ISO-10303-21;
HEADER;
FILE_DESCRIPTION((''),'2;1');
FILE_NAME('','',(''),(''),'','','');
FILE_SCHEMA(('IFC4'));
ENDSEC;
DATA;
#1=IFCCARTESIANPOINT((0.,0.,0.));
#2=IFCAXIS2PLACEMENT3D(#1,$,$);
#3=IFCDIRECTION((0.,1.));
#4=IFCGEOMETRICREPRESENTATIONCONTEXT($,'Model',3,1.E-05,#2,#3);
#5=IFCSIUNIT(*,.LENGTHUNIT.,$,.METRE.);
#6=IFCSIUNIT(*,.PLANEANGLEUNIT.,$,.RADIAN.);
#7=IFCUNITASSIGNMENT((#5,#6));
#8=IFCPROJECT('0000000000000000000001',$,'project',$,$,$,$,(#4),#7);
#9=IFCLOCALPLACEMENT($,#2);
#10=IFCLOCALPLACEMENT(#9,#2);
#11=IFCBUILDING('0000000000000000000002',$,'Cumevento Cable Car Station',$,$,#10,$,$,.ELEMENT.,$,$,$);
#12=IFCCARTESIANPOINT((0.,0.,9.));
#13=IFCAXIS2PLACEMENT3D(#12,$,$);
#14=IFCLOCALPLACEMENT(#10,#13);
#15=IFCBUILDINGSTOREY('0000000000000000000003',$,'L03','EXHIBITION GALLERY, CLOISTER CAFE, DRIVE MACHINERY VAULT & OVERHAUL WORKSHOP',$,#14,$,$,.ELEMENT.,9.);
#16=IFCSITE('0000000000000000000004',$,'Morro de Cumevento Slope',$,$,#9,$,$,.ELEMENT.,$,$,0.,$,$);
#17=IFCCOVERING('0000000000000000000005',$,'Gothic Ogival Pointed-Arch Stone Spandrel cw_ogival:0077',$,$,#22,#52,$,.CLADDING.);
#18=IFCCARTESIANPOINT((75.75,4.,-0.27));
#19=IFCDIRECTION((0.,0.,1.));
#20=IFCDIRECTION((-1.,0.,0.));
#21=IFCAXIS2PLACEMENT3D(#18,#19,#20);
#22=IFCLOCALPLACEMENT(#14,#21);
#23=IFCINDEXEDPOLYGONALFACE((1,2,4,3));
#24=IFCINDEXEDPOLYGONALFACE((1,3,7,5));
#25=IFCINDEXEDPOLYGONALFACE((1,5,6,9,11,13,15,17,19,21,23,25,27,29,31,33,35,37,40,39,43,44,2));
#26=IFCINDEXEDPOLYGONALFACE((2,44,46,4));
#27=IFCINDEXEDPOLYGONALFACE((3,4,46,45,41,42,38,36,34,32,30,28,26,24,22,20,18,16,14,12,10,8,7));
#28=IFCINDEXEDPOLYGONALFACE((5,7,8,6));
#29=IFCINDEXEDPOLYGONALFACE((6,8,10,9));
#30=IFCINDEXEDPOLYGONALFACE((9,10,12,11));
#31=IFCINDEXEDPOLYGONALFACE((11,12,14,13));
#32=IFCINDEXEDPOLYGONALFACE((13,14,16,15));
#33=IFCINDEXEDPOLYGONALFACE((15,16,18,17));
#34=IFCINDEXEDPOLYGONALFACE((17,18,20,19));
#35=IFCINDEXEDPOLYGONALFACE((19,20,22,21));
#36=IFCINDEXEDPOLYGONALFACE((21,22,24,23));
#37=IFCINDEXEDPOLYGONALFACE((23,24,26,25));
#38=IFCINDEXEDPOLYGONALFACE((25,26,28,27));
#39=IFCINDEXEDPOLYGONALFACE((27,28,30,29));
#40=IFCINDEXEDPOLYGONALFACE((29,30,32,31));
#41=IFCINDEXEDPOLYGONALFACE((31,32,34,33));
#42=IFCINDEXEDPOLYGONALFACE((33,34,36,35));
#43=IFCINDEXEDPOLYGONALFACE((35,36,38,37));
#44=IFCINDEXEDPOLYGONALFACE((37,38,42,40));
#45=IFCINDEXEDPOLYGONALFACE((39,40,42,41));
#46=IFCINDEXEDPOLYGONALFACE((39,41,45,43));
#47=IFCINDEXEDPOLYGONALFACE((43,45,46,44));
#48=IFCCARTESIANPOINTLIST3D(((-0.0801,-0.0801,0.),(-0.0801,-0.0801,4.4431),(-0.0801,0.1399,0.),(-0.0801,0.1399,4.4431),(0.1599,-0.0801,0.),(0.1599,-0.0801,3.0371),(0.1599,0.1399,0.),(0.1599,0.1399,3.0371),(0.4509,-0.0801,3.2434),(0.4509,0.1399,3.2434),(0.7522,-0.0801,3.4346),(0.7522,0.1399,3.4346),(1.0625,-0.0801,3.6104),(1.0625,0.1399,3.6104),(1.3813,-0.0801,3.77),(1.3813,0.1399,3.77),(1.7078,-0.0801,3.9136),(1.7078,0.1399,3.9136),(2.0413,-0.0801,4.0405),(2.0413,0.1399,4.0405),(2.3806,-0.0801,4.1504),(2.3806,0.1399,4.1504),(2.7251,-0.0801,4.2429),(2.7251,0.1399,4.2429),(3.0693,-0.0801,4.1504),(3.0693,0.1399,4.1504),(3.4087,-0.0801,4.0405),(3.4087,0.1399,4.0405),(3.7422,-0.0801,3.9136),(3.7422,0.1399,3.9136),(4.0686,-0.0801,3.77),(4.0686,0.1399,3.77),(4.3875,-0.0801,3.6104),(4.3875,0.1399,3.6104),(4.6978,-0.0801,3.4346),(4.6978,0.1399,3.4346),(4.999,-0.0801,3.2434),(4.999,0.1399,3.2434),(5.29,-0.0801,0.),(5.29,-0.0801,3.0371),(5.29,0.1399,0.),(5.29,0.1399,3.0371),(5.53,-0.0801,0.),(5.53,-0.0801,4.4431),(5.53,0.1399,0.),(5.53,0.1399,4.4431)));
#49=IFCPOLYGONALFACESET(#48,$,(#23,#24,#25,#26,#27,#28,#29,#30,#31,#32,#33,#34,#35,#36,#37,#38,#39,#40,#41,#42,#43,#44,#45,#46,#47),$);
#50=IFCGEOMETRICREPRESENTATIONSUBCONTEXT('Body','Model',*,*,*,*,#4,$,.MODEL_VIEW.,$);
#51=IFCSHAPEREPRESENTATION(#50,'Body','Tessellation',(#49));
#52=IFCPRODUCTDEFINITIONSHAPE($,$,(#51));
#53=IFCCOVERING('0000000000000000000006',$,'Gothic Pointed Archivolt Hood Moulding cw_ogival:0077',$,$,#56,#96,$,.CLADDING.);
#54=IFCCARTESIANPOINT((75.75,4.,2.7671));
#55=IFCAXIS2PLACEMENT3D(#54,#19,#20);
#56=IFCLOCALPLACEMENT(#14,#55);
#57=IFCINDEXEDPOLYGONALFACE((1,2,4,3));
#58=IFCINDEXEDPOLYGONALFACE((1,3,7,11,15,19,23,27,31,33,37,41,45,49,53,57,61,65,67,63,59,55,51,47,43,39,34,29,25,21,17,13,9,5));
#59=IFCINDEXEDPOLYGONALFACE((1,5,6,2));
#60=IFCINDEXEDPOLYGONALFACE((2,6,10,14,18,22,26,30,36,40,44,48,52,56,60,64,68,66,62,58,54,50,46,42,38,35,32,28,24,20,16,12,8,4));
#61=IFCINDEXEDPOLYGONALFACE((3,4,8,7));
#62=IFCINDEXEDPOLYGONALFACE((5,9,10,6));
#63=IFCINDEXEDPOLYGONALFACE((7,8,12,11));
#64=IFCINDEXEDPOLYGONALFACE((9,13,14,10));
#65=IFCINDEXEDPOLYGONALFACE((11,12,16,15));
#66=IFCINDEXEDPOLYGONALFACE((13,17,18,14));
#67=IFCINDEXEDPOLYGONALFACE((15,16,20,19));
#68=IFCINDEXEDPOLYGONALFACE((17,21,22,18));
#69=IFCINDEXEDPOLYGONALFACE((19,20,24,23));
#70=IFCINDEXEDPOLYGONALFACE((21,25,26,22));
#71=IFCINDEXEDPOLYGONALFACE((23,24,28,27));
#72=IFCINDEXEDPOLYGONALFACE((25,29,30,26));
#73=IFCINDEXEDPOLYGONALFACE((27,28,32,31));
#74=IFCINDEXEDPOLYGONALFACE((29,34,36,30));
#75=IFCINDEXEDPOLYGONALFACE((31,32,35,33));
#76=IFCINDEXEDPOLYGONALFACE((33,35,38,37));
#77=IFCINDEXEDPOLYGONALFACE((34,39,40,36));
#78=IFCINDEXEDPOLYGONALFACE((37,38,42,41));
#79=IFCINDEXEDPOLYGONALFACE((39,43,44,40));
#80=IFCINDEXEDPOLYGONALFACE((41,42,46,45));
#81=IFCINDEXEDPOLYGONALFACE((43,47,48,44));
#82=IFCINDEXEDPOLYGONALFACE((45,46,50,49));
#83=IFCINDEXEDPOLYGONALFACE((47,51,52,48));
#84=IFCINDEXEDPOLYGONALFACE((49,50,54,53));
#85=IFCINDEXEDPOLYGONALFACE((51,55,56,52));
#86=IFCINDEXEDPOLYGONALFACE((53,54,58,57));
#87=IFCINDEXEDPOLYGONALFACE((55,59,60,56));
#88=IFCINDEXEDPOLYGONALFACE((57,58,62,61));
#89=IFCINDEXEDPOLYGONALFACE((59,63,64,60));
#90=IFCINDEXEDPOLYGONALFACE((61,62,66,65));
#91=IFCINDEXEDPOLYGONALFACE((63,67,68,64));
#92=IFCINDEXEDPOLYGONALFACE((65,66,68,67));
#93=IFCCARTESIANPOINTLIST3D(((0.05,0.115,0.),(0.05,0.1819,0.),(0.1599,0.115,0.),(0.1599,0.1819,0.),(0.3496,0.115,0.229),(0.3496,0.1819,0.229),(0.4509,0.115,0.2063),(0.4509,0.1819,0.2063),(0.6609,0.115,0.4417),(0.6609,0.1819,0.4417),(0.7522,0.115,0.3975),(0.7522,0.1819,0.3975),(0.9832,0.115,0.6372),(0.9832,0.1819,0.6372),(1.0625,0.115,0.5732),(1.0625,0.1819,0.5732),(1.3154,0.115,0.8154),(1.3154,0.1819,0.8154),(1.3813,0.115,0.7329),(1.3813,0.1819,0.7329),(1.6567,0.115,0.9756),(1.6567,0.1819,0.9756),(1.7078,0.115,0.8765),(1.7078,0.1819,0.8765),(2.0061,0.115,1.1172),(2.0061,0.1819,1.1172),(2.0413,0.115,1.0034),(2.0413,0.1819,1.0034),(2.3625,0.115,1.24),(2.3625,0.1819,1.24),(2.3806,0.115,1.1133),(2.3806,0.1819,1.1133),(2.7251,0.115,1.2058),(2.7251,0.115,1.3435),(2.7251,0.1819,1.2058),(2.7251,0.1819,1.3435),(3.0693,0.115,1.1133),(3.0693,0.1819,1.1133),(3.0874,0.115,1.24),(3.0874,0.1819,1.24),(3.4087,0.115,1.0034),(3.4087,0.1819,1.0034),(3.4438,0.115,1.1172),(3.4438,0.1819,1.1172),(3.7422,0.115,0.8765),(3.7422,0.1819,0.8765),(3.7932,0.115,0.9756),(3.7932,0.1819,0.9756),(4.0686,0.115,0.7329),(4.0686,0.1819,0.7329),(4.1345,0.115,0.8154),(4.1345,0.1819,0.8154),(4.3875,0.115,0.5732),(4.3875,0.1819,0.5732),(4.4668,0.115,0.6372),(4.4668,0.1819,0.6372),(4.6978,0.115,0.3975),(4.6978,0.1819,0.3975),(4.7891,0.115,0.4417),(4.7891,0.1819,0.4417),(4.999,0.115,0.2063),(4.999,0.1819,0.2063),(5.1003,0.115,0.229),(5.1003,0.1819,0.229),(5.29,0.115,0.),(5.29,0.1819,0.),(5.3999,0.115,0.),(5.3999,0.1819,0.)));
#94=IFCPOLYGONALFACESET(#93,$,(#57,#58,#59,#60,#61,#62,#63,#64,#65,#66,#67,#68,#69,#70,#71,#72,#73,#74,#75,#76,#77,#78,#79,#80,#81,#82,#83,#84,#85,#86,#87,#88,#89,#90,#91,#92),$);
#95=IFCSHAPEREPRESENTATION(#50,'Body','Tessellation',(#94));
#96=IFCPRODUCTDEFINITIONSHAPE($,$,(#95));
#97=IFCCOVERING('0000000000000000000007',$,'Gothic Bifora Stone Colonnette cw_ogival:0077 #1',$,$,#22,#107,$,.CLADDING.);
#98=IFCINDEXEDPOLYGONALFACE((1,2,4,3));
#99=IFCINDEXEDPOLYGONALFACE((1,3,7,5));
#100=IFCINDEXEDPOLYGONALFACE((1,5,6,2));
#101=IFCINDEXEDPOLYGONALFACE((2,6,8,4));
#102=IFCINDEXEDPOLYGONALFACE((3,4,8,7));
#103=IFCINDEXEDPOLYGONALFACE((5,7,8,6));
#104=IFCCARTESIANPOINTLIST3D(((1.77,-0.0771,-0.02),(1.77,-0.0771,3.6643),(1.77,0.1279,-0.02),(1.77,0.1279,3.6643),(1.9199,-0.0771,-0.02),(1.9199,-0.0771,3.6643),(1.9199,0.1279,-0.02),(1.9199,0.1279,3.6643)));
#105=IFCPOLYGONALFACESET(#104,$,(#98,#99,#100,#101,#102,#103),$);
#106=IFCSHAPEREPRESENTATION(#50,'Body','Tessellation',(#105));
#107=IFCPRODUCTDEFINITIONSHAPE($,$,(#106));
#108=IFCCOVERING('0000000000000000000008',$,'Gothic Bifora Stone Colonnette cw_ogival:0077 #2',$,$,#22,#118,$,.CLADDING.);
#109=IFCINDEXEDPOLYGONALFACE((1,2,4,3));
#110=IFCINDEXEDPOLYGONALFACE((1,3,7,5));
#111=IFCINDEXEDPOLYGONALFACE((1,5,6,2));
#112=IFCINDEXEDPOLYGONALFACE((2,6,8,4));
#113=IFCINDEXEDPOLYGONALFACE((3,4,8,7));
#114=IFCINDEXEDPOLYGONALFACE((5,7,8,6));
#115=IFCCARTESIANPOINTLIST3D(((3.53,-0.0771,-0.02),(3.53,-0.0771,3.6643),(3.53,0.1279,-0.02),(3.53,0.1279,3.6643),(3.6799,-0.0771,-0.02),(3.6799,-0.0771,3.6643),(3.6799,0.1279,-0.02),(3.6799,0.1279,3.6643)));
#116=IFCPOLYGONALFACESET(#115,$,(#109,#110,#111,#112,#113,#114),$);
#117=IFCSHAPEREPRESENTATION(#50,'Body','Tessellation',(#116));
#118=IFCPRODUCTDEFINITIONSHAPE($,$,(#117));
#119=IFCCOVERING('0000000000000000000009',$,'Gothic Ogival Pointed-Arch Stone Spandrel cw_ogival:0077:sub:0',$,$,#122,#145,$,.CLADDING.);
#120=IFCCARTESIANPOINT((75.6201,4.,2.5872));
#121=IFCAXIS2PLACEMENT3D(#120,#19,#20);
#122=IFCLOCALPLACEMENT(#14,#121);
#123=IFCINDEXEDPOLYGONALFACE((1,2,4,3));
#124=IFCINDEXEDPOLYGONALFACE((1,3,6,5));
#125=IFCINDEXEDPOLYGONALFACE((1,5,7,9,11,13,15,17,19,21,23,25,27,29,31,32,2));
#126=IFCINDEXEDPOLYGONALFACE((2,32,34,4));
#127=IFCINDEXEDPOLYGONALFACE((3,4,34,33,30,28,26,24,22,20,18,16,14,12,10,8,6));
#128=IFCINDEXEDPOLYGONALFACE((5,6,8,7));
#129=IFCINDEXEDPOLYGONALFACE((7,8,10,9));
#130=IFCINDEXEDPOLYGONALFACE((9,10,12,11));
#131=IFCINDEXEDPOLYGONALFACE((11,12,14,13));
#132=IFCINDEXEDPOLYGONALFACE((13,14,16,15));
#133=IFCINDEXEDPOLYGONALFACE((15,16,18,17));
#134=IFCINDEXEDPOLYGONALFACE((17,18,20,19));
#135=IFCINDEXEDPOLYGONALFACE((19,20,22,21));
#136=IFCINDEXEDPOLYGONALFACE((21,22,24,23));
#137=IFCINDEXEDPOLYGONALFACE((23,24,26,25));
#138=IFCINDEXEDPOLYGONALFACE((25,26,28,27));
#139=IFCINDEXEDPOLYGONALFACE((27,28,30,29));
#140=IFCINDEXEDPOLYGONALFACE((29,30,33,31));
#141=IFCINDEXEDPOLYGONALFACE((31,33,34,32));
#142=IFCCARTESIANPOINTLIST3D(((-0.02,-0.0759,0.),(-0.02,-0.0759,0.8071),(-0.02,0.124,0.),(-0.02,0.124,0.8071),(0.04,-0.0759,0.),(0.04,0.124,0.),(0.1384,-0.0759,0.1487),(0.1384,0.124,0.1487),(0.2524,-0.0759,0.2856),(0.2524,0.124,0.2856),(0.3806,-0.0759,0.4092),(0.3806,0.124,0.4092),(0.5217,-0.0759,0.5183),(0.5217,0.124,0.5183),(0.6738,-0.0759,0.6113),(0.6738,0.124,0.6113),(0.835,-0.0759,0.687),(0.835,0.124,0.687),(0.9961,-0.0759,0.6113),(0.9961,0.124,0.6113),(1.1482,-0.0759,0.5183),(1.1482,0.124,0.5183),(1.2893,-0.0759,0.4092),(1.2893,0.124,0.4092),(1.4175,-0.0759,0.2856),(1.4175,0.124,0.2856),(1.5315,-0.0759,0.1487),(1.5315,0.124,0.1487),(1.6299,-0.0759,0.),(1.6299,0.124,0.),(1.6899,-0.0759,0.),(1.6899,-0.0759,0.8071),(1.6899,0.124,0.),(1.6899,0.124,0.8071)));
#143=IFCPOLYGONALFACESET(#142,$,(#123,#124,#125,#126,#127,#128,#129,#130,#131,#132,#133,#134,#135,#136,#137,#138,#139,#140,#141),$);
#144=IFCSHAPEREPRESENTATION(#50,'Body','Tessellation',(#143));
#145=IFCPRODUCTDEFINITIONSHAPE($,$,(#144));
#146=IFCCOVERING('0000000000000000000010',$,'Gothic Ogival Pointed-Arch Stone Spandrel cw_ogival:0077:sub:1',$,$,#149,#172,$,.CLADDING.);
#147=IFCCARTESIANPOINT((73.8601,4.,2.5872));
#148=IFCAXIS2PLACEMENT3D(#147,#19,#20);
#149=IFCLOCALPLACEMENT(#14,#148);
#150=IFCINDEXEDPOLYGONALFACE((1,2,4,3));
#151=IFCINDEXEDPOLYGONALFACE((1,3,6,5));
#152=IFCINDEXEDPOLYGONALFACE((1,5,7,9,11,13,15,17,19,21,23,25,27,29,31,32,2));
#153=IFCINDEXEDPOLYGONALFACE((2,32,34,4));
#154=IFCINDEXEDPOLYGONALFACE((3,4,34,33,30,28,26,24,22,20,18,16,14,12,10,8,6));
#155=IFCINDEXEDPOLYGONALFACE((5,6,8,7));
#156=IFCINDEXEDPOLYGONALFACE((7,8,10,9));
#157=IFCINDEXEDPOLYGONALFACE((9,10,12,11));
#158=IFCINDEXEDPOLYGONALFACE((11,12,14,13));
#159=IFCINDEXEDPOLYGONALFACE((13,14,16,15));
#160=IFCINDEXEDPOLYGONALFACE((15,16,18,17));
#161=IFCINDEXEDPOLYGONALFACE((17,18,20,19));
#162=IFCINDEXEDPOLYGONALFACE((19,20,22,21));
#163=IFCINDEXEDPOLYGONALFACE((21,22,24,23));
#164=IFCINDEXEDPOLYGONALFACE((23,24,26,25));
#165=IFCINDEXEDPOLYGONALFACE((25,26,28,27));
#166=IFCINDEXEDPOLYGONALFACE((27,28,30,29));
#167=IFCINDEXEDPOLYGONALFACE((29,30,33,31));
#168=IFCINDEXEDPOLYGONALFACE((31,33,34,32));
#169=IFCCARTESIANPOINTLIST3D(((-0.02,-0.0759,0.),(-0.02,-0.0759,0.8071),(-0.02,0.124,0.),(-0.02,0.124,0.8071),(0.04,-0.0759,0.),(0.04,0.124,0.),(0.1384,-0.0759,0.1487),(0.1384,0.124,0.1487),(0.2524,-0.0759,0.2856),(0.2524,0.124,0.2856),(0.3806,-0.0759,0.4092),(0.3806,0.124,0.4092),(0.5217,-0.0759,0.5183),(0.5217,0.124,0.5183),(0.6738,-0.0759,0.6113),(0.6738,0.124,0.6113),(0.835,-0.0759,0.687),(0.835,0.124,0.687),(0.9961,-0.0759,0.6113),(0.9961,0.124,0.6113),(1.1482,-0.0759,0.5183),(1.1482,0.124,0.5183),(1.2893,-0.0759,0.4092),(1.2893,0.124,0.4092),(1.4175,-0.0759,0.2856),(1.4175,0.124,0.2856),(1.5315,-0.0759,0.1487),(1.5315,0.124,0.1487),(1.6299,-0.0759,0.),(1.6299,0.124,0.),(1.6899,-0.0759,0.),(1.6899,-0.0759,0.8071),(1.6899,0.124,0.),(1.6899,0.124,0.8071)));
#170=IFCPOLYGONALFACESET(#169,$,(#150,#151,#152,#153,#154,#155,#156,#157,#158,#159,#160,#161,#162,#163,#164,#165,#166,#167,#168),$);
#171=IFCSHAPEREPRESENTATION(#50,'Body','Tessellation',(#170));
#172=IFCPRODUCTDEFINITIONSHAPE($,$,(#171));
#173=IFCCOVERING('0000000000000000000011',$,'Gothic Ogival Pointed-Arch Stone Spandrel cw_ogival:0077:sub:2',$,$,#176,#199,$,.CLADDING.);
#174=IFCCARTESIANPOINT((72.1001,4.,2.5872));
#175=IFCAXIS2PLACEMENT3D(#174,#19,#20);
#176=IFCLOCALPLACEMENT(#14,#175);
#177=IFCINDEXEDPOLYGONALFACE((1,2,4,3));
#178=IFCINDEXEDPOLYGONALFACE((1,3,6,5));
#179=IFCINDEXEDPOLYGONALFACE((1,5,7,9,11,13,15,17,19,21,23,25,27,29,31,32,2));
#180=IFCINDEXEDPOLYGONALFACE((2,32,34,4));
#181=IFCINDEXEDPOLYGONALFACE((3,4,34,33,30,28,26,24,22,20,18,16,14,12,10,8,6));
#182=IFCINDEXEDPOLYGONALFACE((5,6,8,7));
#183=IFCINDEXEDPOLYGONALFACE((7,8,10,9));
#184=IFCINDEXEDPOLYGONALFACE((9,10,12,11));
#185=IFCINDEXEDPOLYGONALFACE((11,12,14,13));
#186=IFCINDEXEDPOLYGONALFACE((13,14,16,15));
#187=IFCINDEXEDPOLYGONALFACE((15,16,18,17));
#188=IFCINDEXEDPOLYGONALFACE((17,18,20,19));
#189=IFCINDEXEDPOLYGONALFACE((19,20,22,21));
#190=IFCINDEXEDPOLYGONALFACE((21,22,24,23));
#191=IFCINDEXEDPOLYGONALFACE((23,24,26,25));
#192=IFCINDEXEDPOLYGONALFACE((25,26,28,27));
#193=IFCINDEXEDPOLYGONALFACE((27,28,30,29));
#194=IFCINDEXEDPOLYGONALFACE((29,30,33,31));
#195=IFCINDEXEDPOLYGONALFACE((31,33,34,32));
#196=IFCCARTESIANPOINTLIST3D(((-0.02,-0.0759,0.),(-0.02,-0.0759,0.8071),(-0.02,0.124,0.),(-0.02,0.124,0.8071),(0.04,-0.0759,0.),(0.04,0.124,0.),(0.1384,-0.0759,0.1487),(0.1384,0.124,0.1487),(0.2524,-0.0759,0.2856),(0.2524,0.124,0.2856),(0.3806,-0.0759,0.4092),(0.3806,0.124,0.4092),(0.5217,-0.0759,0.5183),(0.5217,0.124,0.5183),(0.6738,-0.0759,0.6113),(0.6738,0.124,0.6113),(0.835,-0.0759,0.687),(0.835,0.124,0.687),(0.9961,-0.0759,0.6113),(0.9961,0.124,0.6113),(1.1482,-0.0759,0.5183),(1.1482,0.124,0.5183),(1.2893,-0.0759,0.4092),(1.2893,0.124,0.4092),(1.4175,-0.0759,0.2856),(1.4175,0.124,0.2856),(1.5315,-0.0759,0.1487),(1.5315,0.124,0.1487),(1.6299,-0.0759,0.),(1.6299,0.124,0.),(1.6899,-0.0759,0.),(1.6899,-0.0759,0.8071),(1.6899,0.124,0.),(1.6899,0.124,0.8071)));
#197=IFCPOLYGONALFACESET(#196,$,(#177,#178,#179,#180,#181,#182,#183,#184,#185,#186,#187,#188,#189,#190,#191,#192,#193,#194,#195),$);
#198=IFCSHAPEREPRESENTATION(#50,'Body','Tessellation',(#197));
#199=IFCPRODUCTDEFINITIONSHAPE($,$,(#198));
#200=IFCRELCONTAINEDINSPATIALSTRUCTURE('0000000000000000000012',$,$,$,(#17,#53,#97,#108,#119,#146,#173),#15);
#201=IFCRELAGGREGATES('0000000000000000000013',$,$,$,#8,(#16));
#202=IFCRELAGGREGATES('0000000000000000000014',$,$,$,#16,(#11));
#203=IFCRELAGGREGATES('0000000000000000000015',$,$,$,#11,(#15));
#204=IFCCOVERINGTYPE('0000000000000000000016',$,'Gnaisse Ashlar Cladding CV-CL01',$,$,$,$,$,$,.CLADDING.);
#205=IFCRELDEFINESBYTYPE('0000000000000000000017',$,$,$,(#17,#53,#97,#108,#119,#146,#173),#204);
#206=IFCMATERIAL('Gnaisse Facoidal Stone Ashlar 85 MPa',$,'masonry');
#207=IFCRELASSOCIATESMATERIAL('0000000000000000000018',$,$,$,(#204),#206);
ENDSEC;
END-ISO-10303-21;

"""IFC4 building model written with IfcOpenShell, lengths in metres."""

from ifc_helpers import new_model, si_unit, direction, frame, origin, place, context, subcontext, project, spatial, polyline, outline, extrude, material, type_object, element, save


model = new_model("IFC4")

# Units and contexts
model_context = context("Model", 3, precision=1e-05, world=origin(), true_north=direction((0.0, 1.0)))
body_context = subcontext(model_context, "Body", "Model", "MODEL_VIEW")
ifc_project = project(units=[si_unit("LENGTHUNIT", "METRE"), si_unit("PLANEANGLEUNIT", "RADIAN")], contexts=[model_context])

# Site, building, storey
site_placement = place(None, origin())
site = spatial("IfcSite", under=ifc_project, at=site_placement, Name="Morro de Cumevento Slope", CompositionType="ELEMENT", RefElevation=0.0)
building_placement = place(site_placement, origin())
building = spatial("IfcBuilding", under=site, at=building_placement, Name="Cumevento Cable Car Station", CompositionType="ELEMENT")
storey_placement = place(building_placement, frame((0.0, 0.0, 9.0)))
storey = spatial("IfcBuildingStorey", under=building, at=storey_placement, Name="L03", Description="EXHIBITION GALLERY, CLOISTER CAFE, DRIVE MACHINERY VAULT & OVERHAUL WORKSHOP", CompositionType="ELEMENT", Elevation=9.0)

# Coverings
ifc_material_1 = material(Name="Gnaisse Facoidal Stone Ashlar 85 MPa", Category="masonry")
covering_type = type_object("IfcCoveringType", Name="Gnaisse Ashlar Cladding CV-CL01", PredefinedType="CLADDING", material=ifc_material_1)
placement = place(storey_placement, frame((75.75, 4.0, -0.27), z_axis=(0.0, 0.0, 1.0), x_axis=(-1.0, 0.0, 0.0)))
element("IfcCovering", 1, at=placement, inside=storey, type_object=covering_type, Name="Gothic Ogival Pointed-Arch Stone Spandrel cw_ogival:0077", PredefinedType="CLADDING", context=body_context, shape_type="SweptSolid", body=[
    extrude(outline(polyline([(-0.0801, 0.0), (-0.0801, 4.4431), (5.53, 4.4431), (5.53, 0.0), (5.29, 0.0), (5.29, 3.0371), (4.999, 3.2434), (4.6978, 3.4346), (4.3875, 3.6104), (4.0686, 3.77), (3.7422, 3.9136), (3.4087, 4.0405), (3.0693, 4.1504), (2.7251, 4.2429), (2.3806, 4.1504), (2.0413, 4.0405), (1.7078, 3.9136), (1.3813, 3.77), (1.0625, 3.6104), (0.7522, 3.4346), (0.4509, 3.2434), (0.1599, 3.0371), (0.1599, 0.0), (-0.0801, 0.0)])), frame((0.0, 0.1399, 0.0), z_axis=(0.0, -1.0, 0.0), x_axis=(1.0, 0.0, 0.0)), (0.0, 0.0, 1.0), 0.22),
])
covering_1_placement = place(storey_placement, frame((75.75, 4.0, 2.7671), z_axis=(0.0, 0.0, 1.0), x_axis=(-1.0, 0.0, 0.0)))
element("IfcCovering", 2, at=covering_1_placement, inside=storey, type_object=covering_type, Name="Gothic Pointed Archivolt Hood Moulding cw_ogival:0077", PredefinedType="CLADDING", context=body_context, shape_type="SweptSolid", body=[
    extrude(outline(polyline([(0.1599, 0.0), (0.4509, 0.2063), (0.7522, 0.3975), (1.0625, 0.5732), (1.3813, 0.7329), (1.7078, 0.8765), (2.0413, 1.0034), (2.3806, 1.1133), (2.7251, 1.2058), (3.0693, 1.1133), (3.4087, 1.0034), (3.7422, 0.8765), (4.0686, 0.7329), (4.3875, 0.5732), (4.6978, 0.3975), (4.999, 0.2063), (5.29, 0.0), (5.3999, 0.0), (5.1003, 0.229), (4.7891, 0.4417), (4.4668, 0.6372), (4.1345, 0.8154), (3.7932, 0.9756), (3.4438, 1.1172), (3.0874, 1.24), (2.7251, 1.3435), (2.3625, 1.24), (2.0061, 1.1172), (1.6567, 0.9756), (1.3154, 0.8154), (0.9832, 0.6372), (0.6609, 0.4417), (0.3496, 0.229), (0.05, 0.0), (0.1599, 0.0)])), frame((0.0, 0.1819, 0.0), z_axis=(0.0, -1.0, 0.0), x_axis=(1.0, 0.0, 0.0)), (0.0, 0.0, 1.0), 0.0669),
])
element("IfcCovering", 3, at=placement, inside=storey, type_object=covering_type, Name="Gothic Bifora Stone Colonnette cw_ogival:0077 #1", PredefinedType="CLADDING", context=body_context, shape_type="SweptSolid", body=[
    extrude(outline(polyline([(1.77, -0.02), (1.9199, -0.02), (1.9199, 3.6643), (1.77, 3.6643), (1.77, -0.02)])), frame((0.0, 0.1279, 0.0), z_axis=(0.0, -1.0, 0.0), x_axis=(1.0, 0.0, 0.0)), (0.0, 0.0, 1.0), 0.2051),
])
element("IfcCovering", 4, at=placement, inside=storey, type_object=covering_type, Name="Gothic Bifora Stone Colonnette cw_ogival:0077 #2", PredefinedType="CLADDING", context=body_context, shape_type="SweptSolid", body=[
    extrude(outline(polyline([(3.53, -0.02), (3.6799, -0.02), (3.6799, 3.6643), (3.53, 3.6643), (3.53, -0.02)])), frame((0.0, 0.1279, 0.0), z_axis=(0.0, -1.0, 0.0), x_axis=(1.0, 0.0, 0.0)), (0.0, 0.0, 1.0), 0.2051),
])
for number, where, z_axis, x_axis, name in (
    (5, (75.6201, 4.0, 2.5872), (0.0, 0.0, 1.0), (-1.0, 0.0, 0.0), "Gothic Ogival Pointed-Arch Stone Spandrel cw_ogival:0077:sub:0"),
    (6, (73.8601, 4.0, 2.5872), (0.0, 0.0, 1.0), (-1.0, 0.0, 0.0), "Gothic Ogival Pointed-Arch Stone Spandrel cw_ogival:0077:sub:1"),
    (7, (72.1001, 4.0, 2.5872), (0.0, 0.0, 1.0), (-1.0, 0.0, 0.0), "Gothic Ogival Pointed-Arch Stone Spandrel cw_ogival:0077:sub:2"),
):
    element("IfcCovering", number, at=place(storey_placement, frame(where, z_axis=z_axis, x_axis=x_axis)), inside=storey, type_object=covering_type, Name=name, PredefinedType="CLADDING", context=body_context, shape_type="SweptSolid", body=[
        extrude(outline(polyline([(-0.02, 0.0), (-0.02, 0.8071), (1.6899, 0.8071), (1.6899, 0.0), (1.6299, 0.0), (1.5315, 0.1487), (1.4175, 0.2856), (1.2893, 0.4092), (1.1482, 0.5183), (0.9961, 0.6113), (0.835, 0.687), (0.6738, 0.6113), (0.5217, 0.5183), (0.3806, 0.4092), (0.2524, 0.2856), (0.1384, 0.1487), (0.04, 0.0), (-0.02, 0.0)])), frame((0.0, 0.124, 0.0), z_axis=(0.0, -1.0, 0.0), x_axis=(1.0, 0.0, 0.0)), (0.0, 0.0, 1.0), 0.2),
    ])

save(model, "model.ifc")
